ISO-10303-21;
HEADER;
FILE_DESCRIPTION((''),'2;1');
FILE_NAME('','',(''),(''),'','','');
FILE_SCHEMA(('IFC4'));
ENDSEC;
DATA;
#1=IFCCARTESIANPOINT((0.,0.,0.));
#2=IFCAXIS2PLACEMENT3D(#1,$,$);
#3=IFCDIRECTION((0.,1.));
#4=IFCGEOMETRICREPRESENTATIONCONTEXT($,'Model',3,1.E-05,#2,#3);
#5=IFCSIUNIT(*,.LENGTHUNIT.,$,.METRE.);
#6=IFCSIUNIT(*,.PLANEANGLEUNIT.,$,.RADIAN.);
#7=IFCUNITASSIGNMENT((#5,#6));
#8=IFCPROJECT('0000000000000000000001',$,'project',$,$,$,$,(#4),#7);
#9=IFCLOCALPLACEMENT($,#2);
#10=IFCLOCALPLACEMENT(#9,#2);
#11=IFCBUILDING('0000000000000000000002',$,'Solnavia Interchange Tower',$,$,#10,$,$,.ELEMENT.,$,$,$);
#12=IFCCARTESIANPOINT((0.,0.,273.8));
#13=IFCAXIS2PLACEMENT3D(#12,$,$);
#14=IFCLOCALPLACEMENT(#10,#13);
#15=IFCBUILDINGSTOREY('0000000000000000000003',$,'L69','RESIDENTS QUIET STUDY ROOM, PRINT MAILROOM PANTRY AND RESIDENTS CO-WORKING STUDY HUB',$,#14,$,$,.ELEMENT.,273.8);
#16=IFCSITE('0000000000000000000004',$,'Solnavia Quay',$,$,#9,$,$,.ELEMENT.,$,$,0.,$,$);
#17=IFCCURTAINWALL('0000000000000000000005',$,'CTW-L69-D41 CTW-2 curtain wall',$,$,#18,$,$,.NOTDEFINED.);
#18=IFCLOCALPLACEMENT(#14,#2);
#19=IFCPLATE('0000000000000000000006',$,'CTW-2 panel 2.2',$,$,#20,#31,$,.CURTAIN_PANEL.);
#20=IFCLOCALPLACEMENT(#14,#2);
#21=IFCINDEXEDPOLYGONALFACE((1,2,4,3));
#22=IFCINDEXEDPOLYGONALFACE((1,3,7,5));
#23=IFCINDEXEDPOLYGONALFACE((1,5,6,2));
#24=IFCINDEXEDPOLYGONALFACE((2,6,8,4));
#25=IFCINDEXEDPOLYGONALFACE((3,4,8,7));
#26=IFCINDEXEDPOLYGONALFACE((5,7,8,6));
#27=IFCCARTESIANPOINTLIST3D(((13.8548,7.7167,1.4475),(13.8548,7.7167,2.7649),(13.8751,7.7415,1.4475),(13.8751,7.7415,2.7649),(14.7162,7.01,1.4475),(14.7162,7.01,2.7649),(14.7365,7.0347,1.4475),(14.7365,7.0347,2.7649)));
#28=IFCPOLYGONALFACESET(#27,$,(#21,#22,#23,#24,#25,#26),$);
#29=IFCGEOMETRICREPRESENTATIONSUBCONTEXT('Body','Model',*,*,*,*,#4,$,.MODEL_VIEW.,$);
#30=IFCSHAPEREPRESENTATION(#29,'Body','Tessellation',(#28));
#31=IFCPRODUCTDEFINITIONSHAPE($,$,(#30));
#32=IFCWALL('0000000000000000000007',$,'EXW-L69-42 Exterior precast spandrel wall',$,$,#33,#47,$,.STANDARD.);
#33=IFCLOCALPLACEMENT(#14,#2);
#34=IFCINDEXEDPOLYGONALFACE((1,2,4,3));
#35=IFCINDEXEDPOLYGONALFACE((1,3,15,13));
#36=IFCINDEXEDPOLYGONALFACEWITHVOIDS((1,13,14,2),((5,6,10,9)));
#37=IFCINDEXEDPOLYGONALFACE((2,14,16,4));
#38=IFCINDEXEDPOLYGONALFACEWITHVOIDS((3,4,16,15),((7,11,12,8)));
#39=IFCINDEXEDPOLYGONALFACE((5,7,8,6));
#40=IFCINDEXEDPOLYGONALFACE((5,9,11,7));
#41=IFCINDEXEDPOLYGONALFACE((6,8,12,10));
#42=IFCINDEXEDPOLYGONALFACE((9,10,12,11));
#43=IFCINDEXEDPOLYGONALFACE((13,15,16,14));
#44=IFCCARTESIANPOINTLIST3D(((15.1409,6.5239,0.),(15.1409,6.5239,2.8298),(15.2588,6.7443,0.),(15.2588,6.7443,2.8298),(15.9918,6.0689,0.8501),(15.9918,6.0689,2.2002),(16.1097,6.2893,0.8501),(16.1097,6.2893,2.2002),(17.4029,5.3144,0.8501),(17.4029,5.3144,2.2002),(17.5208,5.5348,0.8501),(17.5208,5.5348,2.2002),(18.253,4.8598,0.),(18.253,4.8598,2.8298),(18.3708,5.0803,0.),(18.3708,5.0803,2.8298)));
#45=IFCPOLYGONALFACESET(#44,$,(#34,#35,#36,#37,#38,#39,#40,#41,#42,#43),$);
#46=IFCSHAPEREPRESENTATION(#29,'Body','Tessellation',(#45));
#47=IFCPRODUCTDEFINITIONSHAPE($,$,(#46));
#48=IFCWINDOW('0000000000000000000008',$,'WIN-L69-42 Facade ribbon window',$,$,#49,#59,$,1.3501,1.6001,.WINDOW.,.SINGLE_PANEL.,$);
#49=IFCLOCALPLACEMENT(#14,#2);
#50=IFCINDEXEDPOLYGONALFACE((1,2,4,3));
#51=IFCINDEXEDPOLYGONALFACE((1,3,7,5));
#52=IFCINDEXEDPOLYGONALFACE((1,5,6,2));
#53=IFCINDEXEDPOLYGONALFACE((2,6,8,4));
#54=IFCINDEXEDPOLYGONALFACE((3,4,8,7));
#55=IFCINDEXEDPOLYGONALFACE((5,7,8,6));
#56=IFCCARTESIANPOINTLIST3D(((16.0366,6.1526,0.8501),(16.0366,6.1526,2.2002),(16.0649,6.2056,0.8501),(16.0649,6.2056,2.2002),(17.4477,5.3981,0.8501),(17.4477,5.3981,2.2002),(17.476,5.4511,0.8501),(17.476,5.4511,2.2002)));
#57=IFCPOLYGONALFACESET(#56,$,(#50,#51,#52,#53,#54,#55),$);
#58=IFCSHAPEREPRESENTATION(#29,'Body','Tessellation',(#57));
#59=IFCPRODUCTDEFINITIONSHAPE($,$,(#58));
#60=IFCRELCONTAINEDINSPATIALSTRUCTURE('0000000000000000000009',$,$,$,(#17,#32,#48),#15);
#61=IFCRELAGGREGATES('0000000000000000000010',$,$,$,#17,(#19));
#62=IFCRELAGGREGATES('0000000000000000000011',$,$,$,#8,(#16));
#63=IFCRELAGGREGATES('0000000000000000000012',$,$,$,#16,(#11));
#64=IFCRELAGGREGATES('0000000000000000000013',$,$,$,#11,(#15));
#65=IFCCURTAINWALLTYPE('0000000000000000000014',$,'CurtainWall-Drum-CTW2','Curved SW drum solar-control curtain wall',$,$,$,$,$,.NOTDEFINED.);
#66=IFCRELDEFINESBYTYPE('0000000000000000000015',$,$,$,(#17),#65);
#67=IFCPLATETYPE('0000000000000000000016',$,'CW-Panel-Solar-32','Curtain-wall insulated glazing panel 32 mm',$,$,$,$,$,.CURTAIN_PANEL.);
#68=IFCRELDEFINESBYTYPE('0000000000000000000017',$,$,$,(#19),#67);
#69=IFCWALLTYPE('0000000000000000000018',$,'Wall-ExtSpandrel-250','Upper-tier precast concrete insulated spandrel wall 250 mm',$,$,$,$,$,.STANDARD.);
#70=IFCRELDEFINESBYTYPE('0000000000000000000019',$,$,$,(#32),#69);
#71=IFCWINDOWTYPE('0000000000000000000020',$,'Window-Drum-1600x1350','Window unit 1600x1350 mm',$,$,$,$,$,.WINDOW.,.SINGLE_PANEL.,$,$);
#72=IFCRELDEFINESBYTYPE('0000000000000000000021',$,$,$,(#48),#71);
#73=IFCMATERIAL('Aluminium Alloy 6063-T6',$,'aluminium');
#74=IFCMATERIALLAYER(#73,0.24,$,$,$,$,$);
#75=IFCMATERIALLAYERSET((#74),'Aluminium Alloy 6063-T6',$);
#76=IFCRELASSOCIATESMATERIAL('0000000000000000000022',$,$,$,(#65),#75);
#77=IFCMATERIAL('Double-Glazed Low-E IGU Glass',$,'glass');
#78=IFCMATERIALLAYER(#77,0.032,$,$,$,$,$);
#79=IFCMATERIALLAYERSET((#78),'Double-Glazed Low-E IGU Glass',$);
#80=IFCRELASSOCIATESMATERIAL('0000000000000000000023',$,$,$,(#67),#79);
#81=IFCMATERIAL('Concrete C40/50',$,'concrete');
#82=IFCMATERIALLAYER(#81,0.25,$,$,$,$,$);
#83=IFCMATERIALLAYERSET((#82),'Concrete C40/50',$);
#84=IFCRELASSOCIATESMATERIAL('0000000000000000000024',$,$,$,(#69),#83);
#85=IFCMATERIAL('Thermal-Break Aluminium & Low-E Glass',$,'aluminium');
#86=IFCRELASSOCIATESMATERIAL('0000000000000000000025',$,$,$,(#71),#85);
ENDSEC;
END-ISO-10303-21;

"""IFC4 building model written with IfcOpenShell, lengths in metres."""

from ifc_helpers import new_model, si_unit, direction, frame, frame_2d, origin, origin_2d, place, context, subcontext, project, spatial, rectangle, extrude, material, layer, layer_set, type_object, element, fill, aggregate, save


model = new_model("IFC4")

# Units and contexts
model_context = context("Model", 3, precision=1e-05, world=origin(), true_north=direction((0.0, 1.0)))
body_context = subcontext(model_context, "Body", "Model", "MODEL_VIEW")
ifc_project = project(units=[si_unit("LENGTHUNIT", "METRE"), si_unit("PLANEANGLEUNIT", "RADIAN")], contexts=[model_context])

# Site, building, storey
site_placement = place(None, origin())
site = spatial("IfcSite", under=ifc_project, at=site_placement, Name="Solnavia Quay", CompositionType="ELEMENT", RefElevation=0.0)
building_placement = place(site_placement, origin())
building = spatial("IfcBuilding", under=site, at=building_placement, Name="Solnavia Interchange Tower", CompositionType="ELEMENT")
storey_placement = place(building_placement, frame((0.0, 0.0, 273.8)))
storey = spatial("IfcBuildingStorey", under=building, at=storey_placement, Name="L69", Description="RESIDENTS QUIET STUDY ROOM, PRINT MAILROOM PANTRY AND RESIDENTS CO-WORKING STUDY HUB", CompositionType="ELEMENT", Elevation=273.8)

# Curtain wall
ifc_material_1 = material(Name="Aluminium Alloy 6063-T6", Category="aluminium")
ifc_layer_1 = layer(ifc_material_1, 0.24)
ifc_layer_set_1 = layer_set([ifc_layer_1], Name="Aluminium Alloy 6063-T6")
curtain_wall_type = type_object("IfcCurtainWallType", Name="CurtainWall-Drum-CTW2", Description="Curved SW drum solar-control curtain wall", PredefinedType="NOTDEFINED", material=ifc_layer_set_1)
curtain_wall_1_placement = place(storey_placement, origin())
curtain_wall_1 = element("IfcCurtainWall", 1, at=curtain_wall_1_placement, inside=storey, type_object=curtain_wall_type, Name="CTW-L69-D41 CTW-2 curtain wall", PredefinedType="NOTDEFINED")

# Plate
ifc_material_2 = material(Name="Double-Glazed Low-E IGU Glass", Category="glass")
ifc_layer_2 = layer(ifc_material_2, 0.032)
ifc_layer_set_2 = layer_set([ifc_layer_2], Name="Double-Glazed Low-E IGU Glass")
plate_type = type_object("IfcPlateType", Name="CW-Panel-Solar-32", Description="Curtain-wall insulated glazing panel 32 mm", PredefinedType="CURTAIN_PANEL", material=ifc_layer_set_2)
plate_1_placement = place(storey_placement, frame((14.2957, 7.3757, 1.4475), z_axis=(0.0, 0.0, 1.0), x_axis=(0.773103, -0.63428, 0.0)))
plate_1 = element("IfcPlate", 2, at=plate_1_placement, type_object=plate_type, Name="CTW-2 panel 2.2", PredefinedType="CURTAIN_PANEL", context=body_context, shape_type="SweptSolid", body=[
    extrude(rectangle(XDim=1.1143, YDim=0.032, at=origin_2d()), origin(), (0.0, 0.0, 1.0), 1.3174),
])
aggregate(curtain_wall_1, [plate_1])

# Wall, opening, window
ifc_material_3 = material(Name="Concrete C40/50", Category="concrete")
ifc_layer_3 = layer(ifc_material_3, 0.25)
ifc_layer_set_3 = layer_set([ifc_layer_3], Name="Concrete C40/50")
wall_type = type_object("IfcWallType", Name="Wall-ExtSpandrel-250", Description="Upper-tier precast concrete insulated spandrel wall 250 mm", PredefinedType="STANDARD", material=ifc_layer_set_3)
wall_placement = place(storey_placement, frame((18.312, 4.97, 0.0), z_axis=(0.0, 0.0, 1.0), x_axis=(-0.881847, 0.471536, 0.0)))
wall = element("IfcWall", 3, at=wall_placement, inside=storey, type_object=wall_type, Name="EXW-L69-42 Exterior precast spandrel wall", PredefinedType="STANDARD", context=body_context, shape_type="SweptSolid", body=[
    extrude(rectangle(XDim=3.5291, YDim=0.25, at=frame_2d((1.7646, 0.0))), origin(), (0.0, 0.0, 1.0), 2.8298),
])
opening_placement = place(wall_placement, frame((0.9641, 0.0, 0.8501)))
opening = element("IfcOpeningElement", 4, at=opening_placement, cuts=wall, PredefinedType="OPENING", context=body_context, shape_type="SweptSolid", body=[
    extrude(rectangle(XDim=1.6001, YDim=1.3501, at=frame_2d((0.8, 0.675))), frame((0.0, 0.135, 0.0), z_axis=(0.0, -1.0, 0.0), x_axis=(1.0, 0.0, 0.0)), (0.0, 0.0, 1.0), 0.27),
])
ifc_material_4 = material(Name="Thermal-Break Aluminium & Low-E Glass", Category="aluminium")
window_type = type_object("IfcWindowType", Name="Window-Drum-1600x1350", Description="Window unit 1600x1350 mm", PartitioningType="SINGLE_PANEL", PredefinedType="WINDOW", material=ifc_material_4)
window_placement = place(opening_placement, origin())
window = element("IfcWindow", 5, at=window_placement, inside=storey, type_object=window_type, Name="WIN-L69-42 Facade ribbon window", OverallHeight=1.3501, OverallWidth=1.6001, PartitioningType="SINGLE_PANEL", PredefinedType="WINDOW", context=body_context, shape_type="SweptSolid", body=[
    extrude(rectangle(XDim=1.6001, YDim=1.3501, at=frame_2d((0.8, 0.675))), frame((0.0, 0.03, 0.0), z_axis=(0.0, -1.0, 0.0), x_axis=(1.0, 0.0, 0.0)), (0.0, 0.0, 1.0), 0.0601),
])
fill(opening, window)

save(model, "model.ifc")
